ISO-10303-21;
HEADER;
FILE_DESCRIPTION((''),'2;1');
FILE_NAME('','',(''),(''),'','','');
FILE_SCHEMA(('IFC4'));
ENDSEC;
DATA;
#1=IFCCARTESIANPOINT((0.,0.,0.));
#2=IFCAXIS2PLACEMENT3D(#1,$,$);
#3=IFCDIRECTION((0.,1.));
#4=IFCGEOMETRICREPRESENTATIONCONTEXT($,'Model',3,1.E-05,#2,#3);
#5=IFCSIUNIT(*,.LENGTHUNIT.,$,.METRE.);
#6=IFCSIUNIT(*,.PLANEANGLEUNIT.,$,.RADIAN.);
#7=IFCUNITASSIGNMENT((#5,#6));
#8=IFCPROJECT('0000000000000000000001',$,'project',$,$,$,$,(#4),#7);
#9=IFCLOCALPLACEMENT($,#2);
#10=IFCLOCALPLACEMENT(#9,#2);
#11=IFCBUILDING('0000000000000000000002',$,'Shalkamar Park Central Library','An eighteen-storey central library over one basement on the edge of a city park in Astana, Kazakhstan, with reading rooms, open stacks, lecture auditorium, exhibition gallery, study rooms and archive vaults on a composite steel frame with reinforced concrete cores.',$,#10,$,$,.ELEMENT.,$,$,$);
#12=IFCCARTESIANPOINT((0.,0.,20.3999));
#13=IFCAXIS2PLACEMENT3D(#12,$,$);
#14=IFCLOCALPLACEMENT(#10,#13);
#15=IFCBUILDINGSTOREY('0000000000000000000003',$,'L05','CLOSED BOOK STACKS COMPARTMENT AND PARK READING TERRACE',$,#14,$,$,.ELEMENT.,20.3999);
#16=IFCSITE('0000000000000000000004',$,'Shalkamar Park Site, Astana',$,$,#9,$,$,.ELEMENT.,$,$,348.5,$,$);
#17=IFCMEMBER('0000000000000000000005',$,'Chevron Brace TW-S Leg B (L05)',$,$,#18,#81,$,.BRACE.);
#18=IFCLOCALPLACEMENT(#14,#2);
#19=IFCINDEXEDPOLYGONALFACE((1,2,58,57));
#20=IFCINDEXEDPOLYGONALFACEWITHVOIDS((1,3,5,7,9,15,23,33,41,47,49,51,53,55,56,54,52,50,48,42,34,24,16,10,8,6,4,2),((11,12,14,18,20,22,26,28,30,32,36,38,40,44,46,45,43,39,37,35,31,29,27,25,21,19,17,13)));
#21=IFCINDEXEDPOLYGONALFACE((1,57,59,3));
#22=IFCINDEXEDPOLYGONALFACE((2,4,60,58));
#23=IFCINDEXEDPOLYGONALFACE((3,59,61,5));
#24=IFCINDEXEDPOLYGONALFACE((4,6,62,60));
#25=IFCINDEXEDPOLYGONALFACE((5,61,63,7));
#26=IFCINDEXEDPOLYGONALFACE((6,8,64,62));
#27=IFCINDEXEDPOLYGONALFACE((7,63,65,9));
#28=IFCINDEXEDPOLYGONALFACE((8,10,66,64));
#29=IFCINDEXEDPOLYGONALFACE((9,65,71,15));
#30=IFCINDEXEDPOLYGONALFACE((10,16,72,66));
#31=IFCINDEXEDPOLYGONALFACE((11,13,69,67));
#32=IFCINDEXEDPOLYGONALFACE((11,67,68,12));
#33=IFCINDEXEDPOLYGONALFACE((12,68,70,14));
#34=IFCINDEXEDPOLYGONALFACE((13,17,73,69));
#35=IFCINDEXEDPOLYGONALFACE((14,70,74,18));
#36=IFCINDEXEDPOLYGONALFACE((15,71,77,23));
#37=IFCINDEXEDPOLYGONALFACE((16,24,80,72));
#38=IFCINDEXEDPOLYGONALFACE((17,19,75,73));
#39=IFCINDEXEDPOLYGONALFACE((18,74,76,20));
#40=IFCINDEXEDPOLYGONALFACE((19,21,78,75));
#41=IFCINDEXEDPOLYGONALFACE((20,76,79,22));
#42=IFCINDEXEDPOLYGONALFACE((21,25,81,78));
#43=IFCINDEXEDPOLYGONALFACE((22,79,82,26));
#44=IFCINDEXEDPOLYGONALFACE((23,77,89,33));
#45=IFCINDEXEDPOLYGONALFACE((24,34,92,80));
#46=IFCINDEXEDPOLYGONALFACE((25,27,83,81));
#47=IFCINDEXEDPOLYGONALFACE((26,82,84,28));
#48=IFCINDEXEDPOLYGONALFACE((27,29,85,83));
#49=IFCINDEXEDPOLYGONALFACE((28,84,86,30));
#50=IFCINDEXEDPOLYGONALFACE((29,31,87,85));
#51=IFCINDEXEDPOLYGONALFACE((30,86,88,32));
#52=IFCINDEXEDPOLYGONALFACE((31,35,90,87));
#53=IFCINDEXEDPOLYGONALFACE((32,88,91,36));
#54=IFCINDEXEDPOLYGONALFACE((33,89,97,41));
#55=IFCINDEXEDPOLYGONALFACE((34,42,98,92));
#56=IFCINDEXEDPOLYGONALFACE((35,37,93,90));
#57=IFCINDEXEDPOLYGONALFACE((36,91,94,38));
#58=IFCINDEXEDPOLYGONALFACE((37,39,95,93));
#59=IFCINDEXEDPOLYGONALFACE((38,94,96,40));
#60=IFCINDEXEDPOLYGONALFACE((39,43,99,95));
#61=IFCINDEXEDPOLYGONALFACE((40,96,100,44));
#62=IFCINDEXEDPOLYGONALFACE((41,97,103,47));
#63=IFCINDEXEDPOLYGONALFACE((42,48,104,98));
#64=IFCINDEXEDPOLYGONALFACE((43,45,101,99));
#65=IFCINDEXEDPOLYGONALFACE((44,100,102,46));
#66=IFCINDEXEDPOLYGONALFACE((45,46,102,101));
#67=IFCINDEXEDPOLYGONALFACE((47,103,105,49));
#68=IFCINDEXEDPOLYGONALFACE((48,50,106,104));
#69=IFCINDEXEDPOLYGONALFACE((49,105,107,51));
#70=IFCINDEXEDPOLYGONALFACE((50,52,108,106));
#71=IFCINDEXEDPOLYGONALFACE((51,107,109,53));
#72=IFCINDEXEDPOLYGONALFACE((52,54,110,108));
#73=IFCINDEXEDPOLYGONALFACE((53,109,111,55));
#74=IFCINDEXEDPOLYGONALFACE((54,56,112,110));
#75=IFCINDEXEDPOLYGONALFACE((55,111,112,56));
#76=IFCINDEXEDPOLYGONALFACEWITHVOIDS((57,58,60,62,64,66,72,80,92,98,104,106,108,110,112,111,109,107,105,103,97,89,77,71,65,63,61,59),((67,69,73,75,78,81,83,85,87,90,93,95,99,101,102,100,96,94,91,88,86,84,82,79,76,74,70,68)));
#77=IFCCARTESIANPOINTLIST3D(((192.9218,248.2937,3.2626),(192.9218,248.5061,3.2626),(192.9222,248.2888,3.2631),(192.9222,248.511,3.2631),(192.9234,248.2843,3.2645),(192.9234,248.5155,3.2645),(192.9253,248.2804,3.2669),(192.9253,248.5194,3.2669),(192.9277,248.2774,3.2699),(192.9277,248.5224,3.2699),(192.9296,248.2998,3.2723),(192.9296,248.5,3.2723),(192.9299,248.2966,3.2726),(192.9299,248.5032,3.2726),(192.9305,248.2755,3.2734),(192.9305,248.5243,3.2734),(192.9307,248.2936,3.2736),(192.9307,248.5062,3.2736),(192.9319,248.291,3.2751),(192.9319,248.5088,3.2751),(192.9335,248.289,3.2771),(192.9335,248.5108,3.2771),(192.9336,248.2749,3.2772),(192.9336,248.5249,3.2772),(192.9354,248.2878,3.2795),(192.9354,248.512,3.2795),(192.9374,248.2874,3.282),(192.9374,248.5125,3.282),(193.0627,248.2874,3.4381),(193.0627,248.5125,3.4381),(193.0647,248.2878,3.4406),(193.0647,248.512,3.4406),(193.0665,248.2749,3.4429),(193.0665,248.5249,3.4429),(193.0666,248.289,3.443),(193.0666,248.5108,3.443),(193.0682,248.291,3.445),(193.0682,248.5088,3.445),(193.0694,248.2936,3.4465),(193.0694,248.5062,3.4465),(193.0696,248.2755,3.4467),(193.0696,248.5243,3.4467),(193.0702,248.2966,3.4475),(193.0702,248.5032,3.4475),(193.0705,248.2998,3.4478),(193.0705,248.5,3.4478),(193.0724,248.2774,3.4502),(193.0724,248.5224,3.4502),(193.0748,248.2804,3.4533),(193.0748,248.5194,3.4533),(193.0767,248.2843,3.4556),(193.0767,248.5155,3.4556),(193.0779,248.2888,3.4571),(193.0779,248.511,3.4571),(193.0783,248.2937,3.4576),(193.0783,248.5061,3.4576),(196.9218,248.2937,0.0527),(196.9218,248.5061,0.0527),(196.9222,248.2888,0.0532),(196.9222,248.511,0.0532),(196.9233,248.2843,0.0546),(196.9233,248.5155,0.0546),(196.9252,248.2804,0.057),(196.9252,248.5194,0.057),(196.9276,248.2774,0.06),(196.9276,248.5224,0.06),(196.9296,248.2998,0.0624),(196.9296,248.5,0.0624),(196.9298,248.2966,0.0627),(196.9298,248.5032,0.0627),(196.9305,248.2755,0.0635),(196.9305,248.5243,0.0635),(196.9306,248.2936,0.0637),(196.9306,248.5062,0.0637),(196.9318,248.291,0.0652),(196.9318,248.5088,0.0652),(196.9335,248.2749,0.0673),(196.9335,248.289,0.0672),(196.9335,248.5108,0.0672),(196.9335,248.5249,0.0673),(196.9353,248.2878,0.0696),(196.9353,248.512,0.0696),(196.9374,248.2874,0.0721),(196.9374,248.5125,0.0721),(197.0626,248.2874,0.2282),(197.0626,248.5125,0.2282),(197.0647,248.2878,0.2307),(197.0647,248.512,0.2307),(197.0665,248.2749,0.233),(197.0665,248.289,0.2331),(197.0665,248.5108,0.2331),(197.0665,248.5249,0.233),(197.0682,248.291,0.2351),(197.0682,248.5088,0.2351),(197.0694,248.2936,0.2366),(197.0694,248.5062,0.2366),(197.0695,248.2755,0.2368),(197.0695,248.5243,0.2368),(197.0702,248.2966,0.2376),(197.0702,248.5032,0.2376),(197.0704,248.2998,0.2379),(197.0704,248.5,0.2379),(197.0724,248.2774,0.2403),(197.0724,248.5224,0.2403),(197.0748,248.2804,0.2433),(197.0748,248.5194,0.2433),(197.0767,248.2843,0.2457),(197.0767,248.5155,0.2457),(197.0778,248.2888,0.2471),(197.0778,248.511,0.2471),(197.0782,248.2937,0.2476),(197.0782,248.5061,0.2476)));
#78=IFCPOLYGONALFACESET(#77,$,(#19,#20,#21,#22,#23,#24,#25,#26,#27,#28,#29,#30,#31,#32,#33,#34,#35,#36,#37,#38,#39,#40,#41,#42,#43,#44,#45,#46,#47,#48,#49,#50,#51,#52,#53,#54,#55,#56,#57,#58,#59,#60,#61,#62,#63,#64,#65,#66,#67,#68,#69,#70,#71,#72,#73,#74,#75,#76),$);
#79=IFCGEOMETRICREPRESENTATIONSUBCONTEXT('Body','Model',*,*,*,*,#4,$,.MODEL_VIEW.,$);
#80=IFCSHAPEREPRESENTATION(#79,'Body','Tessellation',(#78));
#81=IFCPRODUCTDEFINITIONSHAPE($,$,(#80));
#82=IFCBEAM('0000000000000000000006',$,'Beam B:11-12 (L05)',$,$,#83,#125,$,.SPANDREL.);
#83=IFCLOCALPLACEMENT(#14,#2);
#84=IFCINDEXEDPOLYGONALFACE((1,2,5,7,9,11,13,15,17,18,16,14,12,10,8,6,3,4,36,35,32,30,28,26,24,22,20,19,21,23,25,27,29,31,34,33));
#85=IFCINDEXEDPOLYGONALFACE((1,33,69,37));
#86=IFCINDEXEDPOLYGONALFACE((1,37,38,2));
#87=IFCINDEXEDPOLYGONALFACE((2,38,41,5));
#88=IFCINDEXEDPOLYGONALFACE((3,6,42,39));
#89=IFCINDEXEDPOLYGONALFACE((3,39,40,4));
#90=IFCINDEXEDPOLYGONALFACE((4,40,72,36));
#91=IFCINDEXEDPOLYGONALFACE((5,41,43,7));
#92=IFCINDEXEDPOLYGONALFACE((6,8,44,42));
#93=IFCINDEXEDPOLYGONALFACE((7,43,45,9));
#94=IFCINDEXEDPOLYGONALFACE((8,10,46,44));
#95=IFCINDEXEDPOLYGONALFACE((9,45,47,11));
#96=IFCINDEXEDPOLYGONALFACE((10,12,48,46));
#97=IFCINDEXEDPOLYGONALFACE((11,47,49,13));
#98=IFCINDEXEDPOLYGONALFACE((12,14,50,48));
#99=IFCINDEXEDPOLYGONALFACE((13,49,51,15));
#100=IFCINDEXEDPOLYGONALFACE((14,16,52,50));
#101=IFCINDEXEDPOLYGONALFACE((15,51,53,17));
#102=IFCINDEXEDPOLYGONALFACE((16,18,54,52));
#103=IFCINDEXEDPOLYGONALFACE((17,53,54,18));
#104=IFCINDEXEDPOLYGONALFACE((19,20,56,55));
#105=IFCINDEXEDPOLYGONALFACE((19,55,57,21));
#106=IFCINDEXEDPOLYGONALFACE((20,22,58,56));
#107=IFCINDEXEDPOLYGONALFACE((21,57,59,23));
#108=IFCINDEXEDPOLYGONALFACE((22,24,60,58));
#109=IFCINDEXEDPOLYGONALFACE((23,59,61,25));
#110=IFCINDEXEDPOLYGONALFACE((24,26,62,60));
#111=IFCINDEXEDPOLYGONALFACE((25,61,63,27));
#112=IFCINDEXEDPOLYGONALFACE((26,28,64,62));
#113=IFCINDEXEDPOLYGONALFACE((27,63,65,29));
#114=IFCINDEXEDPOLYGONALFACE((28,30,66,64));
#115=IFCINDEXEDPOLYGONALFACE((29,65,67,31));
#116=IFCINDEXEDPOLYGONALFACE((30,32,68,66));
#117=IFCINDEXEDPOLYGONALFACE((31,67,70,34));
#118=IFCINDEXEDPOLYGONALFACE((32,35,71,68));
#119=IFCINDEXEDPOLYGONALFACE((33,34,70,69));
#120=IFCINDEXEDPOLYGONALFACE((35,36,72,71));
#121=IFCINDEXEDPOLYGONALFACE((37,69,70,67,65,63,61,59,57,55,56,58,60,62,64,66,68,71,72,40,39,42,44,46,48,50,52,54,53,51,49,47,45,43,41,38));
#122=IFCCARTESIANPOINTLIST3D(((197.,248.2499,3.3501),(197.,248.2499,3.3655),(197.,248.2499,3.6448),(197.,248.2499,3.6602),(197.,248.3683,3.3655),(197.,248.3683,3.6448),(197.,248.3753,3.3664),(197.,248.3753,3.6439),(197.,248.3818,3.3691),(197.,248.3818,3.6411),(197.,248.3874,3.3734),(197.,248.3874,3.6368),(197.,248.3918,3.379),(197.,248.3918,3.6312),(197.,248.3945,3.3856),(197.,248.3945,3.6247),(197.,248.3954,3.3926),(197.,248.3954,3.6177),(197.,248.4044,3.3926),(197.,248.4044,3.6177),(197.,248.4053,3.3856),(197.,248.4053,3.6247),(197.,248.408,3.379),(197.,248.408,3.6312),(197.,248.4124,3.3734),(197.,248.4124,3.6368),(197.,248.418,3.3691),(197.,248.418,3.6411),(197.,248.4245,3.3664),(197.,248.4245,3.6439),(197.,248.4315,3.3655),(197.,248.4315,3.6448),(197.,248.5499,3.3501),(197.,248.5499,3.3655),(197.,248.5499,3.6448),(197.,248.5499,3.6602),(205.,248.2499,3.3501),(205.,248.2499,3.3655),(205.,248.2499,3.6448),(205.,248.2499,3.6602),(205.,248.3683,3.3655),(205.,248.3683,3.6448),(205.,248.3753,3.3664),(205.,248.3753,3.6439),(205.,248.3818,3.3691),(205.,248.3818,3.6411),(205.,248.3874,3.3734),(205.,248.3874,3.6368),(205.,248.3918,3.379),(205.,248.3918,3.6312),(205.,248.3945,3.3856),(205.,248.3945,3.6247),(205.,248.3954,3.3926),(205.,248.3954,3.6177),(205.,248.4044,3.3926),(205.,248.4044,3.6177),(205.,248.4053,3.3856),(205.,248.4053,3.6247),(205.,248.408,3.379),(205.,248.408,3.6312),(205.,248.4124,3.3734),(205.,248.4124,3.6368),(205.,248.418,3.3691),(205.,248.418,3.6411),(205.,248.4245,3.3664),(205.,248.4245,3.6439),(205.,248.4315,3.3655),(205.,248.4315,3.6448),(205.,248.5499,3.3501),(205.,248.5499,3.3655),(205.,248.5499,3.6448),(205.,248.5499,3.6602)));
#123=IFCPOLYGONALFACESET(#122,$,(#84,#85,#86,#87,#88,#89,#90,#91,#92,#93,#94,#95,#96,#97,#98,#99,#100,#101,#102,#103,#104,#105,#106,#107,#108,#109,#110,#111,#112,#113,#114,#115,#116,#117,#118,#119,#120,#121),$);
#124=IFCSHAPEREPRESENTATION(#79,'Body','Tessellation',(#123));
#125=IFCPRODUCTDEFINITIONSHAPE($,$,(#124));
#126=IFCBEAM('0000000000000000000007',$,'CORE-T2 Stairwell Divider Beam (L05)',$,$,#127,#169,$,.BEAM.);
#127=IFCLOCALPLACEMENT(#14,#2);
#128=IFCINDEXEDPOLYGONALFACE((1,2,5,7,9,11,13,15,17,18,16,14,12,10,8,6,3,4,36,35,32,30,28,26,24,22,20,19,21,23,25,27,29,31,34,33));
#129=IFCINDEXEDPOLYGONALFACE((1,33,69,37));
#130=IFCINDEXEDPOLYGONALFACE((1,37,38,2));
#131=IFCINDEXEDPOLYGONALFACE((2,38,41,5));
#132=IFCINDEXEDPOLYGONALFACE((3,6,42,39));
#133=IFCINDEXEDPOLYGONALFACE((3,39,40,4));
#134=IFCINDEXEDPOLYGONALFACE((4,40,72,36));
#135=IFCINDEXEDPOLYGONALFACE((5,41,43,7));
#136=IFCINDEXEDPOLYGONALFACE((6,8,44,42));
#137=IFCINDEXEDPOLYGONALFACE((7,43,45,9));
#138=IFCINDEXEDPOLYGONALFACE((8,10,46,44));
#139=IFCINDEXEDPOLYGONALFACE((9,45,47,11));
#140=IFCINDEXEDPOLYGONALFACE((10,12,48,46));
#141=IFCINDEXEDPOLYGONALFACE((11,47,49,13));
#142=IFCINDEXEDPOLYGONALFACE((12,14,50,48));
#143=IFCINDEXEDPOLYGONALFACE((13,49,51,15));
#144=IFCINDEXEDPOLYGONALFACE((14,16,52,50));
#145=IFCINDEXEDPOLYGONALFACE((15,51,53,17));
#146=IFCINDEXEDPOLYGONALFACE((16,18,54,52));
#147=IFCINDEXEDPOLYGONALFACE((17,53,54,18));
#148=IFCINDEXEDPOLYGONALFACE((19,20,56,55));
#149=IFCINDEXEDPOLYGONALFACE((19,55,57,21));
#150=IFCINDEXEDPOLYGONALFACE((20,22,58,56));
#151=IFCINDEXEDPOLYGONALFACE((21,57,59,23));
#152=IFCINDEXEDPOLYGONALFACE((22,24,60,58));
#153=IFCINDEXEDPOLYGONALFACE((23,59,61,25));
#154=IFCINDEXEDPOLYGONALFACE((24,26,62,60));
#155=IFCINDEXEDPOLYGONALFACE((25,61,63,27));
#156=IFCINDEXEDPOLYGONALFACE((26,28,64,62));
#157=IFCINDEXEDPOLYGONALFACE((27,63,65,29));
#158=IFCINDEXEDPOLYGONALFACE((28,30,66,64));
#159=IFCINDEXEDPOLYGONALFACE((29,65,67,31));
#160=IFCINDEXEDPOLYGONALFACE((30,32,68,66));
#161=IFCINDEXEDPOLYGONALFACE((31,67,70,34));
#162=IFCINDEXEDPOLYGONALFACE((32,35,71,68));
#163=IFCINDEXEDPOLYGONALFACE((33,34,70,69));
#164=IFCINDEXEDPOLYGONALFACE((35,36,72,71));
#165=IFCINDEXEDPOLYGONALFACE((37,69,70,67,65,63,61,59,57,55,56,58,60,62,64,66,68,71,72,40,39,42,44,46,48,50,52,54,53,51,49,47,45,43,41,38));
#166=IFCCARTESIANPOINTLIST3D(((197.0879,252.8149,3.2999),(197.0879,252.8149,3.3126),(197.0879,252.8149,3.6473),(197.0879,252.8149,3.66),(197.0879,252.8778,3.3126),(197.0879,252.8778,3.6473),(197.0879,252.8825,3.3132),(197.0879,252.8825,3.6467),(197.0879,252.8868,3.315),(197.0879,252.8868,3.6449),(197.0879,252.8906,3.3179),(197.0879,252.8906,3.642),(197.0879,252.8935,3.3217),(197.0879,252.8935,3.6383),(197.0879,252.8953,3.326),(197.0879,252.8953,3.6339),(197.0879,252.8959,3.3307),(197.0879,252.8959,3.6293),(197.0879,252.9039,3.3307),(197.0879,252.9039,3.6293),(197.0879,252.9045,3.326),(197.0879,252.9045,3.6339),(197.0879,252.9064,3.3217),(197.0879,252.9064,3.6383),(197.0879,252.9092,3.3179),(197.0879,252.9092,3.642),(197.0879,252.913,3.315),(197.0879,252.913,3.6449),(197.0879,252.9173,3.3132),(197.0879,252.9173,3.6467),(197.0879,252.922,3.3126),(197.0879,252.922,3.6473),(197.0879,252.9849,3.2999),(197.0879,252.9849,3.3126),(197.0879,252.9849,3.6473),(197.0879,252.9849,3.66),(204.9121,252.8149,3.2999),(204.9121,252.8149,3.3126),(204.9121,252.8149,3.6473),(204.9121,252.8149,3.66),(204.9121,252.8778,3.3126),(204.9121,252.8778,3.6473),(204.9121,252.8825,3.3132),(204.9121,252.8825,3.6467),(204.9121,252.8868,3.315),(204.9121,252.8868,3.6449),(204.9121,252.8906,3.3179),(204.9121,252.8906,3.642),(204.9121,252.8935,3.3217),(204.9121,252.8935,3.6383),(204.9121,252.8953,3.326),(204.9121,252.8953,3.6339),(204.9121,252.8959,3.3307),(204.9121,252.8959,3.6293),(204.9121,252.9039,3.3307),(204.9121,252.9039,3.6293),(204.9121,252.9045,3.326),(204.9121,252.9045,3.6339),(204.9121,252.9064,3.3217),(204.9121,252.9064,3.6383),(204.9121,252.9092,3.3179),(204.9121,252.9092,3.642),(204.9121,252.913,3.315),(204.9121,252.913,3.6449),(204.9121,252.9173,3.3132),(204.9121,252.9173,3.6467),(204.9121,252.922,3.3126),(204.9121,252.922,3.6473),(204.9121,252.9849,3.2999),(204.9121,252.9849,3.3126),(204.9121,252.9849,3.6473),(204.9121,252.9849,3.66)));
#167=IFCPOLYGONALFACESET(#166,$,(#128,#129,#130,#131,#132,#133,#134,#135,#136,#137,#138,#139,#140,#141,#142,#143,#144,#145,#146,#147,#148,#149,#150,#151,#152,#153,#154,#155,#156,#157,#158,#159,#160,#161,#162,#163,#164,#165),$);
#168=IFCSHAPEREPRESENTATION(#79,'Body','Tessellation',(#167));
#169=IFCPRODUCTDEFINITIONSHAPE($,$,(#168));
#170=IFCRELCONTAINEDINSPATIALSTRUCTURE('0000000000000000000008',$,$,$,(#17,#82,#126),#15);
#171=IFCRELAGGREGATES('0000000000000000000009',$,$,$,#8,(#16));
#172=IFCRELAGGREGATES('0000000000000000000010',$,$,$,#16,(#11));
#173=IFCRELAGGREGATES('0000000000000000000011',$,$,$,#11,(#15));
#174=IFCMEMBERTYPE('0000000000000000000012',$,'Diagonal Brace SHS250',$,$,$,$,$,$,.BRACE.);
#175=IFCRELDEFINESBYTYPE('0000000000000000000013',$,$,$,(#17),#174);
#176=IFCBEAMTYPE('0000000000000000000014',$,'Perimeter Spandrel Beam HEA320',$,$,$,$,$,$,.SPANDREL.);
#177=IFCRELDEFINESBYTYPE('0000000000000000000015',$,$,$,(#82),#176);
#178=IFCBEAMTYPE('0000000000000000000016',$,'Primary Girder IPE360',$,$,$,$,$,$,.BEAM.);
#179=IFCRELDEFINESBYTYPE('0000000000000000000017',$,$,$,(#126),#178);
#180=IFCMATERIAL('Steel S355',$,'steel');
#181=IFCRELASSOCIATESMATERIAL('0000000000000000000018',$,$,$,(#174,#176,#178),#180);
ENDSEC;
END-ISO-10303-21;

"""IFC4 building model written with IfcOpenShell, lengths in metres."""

from ifc_helpers import new_model, si_unit, direction, frame, origin, origin_2d, place, context, subcontext, project, spatial, hollow_rectangle, i_section, extrude, material, material_profile, profile_set, type_object, element, save


model = new_model("IFC4")

# Units and contexts
model_context = context("Model", 3, precision=1e-05, world=origin(), true_north=direction((0.0, 1.0)))
body_context = subcontext(model_context, "Body", "Model", "MODEL_VIEW")
ifc_project = project(units=[si_unit("LENGTHUNIT", "METRE"), si_unit("PLANEANGLEUNIT", "RADIAN")], contexts=[model_context])

# Site, building, storey
site_placement = place(None, origin())
site = spatial("IfcSite", under=ifc_project, at=site_placement, Name="Shalkamar Park Site, Astana", CompositionType="ELEMENT", RefElevation=348.5)
building_placement = place(site_placement, origin())
building = spatial("IfcBuilding", under=site, at=building_placement, Name="Shalkamar Park Central Library", Description="An eighteen-storey central library over one basement on the edge of a city park in Astana, Kazakhstan, with reading rooms, open stacks, lecture auditorium, exhibition gallery, study rooms and archive vaults on a composite steel frame with reinforced concrete cores.", CompositionType="ELEMENT")
storey_placement = place(building_placement, frame((0.0, 0.0, 20.3999)))
storey = spatial("IfcBuildingStorey", under=building, at=storey_placement, Name="L05", Description="CLOSED BOOK STACKS COMPARTMENT AND PARK READING TERRACE", CompositionType="ELEMENT", Elevation=20.3999)

# Shared definitions
ifc_material_1 = material(Name="Steel S355", Category="steel")

# Member
ifc_material_profile_1 = material_profile(ifc_material_1, hollow_rectangle(XDim=0.25, YDim=0.25, WallThickness=0.0125, InnerFilletRadius=0.0125, OuterFilletRadius=0.0188, at=origin_2d()), Name="SHS 250x250x12.5")
ifc_profile_set_1 = profile_set([ifc_material_profile_1], Name="Steel S355")
member_type = type_object("IfcMemberType", Name="Diagonal Brace SHS250", PredefinedType="BRACE", material=ifc_profile_set_1)
member_placement = place(storey_placement, frame((197.0, 248.3999, 0.1501), z_axis=(-0.779921, 0.0, 0.625879), x_axis=(0.0, -1.0, 0.0)))
element("IfcMember", 1, at=member_placement, inside=storey, type_object=member_type, Name="Chevron Brace TW-S Leg B (L05)", PredefinedType="BRACE", context=body_context, shape_type="SweptSolid", body=[
    extrude(hollow_rectangle(XDim=0.25, YDim=0.25, WallThickness=0.0125, InnerFilletRadius=0.0125, OuterFilletRadius=0.0188, at=origin_2d()), origin(), (0.0, 0.0, 1.0), 5.1287),
])

# Beams
ifc_material_profile_2 = material_profile(ifc_material_1, i_section(OverallWidth=0.3, OverallDepth=0.3101, WebThickness=0.009, FlangeThickness=0.0154, FilletRadius=0.0271, at=origin_2d()), Name="HEA 320")
ifc_profile_set_2 = profile_set([ifc_material_profile_2], Name="Steel S355")
beam_type_1 = type_object("IfcBeamType", Name="Perimeter Spandrel Beam HEA320", PredefinedType="SPANDREL", material=ifc_profile_set_2)
beam_1_placement = place(storey_placement, frame((197.0, 248.3999, 3.5051), z_axis=(1.0, 0.0, 0.0), x_axis=(0.0, 1.0, 0.0)))
element("IfcBeam", 2, at=beam_1_placement, inside=storey, type_object=beam_type_1, Name="Beam B:11-12 (L05)", PredefinedType="SPANDREL", context=body_context, shape_type="SweptSolid", body=[
    extrude(i_section(OverallWidth=0.3, OverallDepth=0.3101, WebThickness=0.009, FlangeThickness=0.0154, FilletRadius=0.0271, at=origin_2d()), origin(), (0.0, 0.0, 1.0), 8.0),
])
ifc_material_profile_3 = material_profile(ifc_material_1, i_section(OverallWidth=0.1699, OverallDepth=0.3601, WebThickness=0.0081, FlangeThickness=0.0127, FilletRadius=0.0181, at=origin_2d()), Name="IPE 360")
ifc_profile_set_3 = profile_set([ifc_material_profile_3], Name="Steel S355")
beam_type_2 = type_object("IfcBeamType", Name="Primary Girder IPE360", PredefinedType="BEAM", material=ifc_profile_set_3)
beam_2_placement = place(storey_placement, frame((197.0879, 252.8999, 3.48), z_axis=(1.0, 0.0, 0.0), x_axis=(0.0, 1.0, 0.0)))
element("IfcBeam", 3, at=beam_2_placement, inside=storey, type_object=beam_type_2, Name="CORE-T2 Stairwell Divider Beam (L05)", PredefinedType="BEAM", context=body_context, shape_type="SweptSolid", body=[
    extrude(i_section(OverallWidth=0.1699, OverallDepth=0.3601, WebThickness=0.0081, FlangeThickness=0.0127, FilletRadius=0.0181, at=origin_2d()), origin(), (0.0, 0.0, 1.0), 7.8242),
])

save(model, "model.ifc")
